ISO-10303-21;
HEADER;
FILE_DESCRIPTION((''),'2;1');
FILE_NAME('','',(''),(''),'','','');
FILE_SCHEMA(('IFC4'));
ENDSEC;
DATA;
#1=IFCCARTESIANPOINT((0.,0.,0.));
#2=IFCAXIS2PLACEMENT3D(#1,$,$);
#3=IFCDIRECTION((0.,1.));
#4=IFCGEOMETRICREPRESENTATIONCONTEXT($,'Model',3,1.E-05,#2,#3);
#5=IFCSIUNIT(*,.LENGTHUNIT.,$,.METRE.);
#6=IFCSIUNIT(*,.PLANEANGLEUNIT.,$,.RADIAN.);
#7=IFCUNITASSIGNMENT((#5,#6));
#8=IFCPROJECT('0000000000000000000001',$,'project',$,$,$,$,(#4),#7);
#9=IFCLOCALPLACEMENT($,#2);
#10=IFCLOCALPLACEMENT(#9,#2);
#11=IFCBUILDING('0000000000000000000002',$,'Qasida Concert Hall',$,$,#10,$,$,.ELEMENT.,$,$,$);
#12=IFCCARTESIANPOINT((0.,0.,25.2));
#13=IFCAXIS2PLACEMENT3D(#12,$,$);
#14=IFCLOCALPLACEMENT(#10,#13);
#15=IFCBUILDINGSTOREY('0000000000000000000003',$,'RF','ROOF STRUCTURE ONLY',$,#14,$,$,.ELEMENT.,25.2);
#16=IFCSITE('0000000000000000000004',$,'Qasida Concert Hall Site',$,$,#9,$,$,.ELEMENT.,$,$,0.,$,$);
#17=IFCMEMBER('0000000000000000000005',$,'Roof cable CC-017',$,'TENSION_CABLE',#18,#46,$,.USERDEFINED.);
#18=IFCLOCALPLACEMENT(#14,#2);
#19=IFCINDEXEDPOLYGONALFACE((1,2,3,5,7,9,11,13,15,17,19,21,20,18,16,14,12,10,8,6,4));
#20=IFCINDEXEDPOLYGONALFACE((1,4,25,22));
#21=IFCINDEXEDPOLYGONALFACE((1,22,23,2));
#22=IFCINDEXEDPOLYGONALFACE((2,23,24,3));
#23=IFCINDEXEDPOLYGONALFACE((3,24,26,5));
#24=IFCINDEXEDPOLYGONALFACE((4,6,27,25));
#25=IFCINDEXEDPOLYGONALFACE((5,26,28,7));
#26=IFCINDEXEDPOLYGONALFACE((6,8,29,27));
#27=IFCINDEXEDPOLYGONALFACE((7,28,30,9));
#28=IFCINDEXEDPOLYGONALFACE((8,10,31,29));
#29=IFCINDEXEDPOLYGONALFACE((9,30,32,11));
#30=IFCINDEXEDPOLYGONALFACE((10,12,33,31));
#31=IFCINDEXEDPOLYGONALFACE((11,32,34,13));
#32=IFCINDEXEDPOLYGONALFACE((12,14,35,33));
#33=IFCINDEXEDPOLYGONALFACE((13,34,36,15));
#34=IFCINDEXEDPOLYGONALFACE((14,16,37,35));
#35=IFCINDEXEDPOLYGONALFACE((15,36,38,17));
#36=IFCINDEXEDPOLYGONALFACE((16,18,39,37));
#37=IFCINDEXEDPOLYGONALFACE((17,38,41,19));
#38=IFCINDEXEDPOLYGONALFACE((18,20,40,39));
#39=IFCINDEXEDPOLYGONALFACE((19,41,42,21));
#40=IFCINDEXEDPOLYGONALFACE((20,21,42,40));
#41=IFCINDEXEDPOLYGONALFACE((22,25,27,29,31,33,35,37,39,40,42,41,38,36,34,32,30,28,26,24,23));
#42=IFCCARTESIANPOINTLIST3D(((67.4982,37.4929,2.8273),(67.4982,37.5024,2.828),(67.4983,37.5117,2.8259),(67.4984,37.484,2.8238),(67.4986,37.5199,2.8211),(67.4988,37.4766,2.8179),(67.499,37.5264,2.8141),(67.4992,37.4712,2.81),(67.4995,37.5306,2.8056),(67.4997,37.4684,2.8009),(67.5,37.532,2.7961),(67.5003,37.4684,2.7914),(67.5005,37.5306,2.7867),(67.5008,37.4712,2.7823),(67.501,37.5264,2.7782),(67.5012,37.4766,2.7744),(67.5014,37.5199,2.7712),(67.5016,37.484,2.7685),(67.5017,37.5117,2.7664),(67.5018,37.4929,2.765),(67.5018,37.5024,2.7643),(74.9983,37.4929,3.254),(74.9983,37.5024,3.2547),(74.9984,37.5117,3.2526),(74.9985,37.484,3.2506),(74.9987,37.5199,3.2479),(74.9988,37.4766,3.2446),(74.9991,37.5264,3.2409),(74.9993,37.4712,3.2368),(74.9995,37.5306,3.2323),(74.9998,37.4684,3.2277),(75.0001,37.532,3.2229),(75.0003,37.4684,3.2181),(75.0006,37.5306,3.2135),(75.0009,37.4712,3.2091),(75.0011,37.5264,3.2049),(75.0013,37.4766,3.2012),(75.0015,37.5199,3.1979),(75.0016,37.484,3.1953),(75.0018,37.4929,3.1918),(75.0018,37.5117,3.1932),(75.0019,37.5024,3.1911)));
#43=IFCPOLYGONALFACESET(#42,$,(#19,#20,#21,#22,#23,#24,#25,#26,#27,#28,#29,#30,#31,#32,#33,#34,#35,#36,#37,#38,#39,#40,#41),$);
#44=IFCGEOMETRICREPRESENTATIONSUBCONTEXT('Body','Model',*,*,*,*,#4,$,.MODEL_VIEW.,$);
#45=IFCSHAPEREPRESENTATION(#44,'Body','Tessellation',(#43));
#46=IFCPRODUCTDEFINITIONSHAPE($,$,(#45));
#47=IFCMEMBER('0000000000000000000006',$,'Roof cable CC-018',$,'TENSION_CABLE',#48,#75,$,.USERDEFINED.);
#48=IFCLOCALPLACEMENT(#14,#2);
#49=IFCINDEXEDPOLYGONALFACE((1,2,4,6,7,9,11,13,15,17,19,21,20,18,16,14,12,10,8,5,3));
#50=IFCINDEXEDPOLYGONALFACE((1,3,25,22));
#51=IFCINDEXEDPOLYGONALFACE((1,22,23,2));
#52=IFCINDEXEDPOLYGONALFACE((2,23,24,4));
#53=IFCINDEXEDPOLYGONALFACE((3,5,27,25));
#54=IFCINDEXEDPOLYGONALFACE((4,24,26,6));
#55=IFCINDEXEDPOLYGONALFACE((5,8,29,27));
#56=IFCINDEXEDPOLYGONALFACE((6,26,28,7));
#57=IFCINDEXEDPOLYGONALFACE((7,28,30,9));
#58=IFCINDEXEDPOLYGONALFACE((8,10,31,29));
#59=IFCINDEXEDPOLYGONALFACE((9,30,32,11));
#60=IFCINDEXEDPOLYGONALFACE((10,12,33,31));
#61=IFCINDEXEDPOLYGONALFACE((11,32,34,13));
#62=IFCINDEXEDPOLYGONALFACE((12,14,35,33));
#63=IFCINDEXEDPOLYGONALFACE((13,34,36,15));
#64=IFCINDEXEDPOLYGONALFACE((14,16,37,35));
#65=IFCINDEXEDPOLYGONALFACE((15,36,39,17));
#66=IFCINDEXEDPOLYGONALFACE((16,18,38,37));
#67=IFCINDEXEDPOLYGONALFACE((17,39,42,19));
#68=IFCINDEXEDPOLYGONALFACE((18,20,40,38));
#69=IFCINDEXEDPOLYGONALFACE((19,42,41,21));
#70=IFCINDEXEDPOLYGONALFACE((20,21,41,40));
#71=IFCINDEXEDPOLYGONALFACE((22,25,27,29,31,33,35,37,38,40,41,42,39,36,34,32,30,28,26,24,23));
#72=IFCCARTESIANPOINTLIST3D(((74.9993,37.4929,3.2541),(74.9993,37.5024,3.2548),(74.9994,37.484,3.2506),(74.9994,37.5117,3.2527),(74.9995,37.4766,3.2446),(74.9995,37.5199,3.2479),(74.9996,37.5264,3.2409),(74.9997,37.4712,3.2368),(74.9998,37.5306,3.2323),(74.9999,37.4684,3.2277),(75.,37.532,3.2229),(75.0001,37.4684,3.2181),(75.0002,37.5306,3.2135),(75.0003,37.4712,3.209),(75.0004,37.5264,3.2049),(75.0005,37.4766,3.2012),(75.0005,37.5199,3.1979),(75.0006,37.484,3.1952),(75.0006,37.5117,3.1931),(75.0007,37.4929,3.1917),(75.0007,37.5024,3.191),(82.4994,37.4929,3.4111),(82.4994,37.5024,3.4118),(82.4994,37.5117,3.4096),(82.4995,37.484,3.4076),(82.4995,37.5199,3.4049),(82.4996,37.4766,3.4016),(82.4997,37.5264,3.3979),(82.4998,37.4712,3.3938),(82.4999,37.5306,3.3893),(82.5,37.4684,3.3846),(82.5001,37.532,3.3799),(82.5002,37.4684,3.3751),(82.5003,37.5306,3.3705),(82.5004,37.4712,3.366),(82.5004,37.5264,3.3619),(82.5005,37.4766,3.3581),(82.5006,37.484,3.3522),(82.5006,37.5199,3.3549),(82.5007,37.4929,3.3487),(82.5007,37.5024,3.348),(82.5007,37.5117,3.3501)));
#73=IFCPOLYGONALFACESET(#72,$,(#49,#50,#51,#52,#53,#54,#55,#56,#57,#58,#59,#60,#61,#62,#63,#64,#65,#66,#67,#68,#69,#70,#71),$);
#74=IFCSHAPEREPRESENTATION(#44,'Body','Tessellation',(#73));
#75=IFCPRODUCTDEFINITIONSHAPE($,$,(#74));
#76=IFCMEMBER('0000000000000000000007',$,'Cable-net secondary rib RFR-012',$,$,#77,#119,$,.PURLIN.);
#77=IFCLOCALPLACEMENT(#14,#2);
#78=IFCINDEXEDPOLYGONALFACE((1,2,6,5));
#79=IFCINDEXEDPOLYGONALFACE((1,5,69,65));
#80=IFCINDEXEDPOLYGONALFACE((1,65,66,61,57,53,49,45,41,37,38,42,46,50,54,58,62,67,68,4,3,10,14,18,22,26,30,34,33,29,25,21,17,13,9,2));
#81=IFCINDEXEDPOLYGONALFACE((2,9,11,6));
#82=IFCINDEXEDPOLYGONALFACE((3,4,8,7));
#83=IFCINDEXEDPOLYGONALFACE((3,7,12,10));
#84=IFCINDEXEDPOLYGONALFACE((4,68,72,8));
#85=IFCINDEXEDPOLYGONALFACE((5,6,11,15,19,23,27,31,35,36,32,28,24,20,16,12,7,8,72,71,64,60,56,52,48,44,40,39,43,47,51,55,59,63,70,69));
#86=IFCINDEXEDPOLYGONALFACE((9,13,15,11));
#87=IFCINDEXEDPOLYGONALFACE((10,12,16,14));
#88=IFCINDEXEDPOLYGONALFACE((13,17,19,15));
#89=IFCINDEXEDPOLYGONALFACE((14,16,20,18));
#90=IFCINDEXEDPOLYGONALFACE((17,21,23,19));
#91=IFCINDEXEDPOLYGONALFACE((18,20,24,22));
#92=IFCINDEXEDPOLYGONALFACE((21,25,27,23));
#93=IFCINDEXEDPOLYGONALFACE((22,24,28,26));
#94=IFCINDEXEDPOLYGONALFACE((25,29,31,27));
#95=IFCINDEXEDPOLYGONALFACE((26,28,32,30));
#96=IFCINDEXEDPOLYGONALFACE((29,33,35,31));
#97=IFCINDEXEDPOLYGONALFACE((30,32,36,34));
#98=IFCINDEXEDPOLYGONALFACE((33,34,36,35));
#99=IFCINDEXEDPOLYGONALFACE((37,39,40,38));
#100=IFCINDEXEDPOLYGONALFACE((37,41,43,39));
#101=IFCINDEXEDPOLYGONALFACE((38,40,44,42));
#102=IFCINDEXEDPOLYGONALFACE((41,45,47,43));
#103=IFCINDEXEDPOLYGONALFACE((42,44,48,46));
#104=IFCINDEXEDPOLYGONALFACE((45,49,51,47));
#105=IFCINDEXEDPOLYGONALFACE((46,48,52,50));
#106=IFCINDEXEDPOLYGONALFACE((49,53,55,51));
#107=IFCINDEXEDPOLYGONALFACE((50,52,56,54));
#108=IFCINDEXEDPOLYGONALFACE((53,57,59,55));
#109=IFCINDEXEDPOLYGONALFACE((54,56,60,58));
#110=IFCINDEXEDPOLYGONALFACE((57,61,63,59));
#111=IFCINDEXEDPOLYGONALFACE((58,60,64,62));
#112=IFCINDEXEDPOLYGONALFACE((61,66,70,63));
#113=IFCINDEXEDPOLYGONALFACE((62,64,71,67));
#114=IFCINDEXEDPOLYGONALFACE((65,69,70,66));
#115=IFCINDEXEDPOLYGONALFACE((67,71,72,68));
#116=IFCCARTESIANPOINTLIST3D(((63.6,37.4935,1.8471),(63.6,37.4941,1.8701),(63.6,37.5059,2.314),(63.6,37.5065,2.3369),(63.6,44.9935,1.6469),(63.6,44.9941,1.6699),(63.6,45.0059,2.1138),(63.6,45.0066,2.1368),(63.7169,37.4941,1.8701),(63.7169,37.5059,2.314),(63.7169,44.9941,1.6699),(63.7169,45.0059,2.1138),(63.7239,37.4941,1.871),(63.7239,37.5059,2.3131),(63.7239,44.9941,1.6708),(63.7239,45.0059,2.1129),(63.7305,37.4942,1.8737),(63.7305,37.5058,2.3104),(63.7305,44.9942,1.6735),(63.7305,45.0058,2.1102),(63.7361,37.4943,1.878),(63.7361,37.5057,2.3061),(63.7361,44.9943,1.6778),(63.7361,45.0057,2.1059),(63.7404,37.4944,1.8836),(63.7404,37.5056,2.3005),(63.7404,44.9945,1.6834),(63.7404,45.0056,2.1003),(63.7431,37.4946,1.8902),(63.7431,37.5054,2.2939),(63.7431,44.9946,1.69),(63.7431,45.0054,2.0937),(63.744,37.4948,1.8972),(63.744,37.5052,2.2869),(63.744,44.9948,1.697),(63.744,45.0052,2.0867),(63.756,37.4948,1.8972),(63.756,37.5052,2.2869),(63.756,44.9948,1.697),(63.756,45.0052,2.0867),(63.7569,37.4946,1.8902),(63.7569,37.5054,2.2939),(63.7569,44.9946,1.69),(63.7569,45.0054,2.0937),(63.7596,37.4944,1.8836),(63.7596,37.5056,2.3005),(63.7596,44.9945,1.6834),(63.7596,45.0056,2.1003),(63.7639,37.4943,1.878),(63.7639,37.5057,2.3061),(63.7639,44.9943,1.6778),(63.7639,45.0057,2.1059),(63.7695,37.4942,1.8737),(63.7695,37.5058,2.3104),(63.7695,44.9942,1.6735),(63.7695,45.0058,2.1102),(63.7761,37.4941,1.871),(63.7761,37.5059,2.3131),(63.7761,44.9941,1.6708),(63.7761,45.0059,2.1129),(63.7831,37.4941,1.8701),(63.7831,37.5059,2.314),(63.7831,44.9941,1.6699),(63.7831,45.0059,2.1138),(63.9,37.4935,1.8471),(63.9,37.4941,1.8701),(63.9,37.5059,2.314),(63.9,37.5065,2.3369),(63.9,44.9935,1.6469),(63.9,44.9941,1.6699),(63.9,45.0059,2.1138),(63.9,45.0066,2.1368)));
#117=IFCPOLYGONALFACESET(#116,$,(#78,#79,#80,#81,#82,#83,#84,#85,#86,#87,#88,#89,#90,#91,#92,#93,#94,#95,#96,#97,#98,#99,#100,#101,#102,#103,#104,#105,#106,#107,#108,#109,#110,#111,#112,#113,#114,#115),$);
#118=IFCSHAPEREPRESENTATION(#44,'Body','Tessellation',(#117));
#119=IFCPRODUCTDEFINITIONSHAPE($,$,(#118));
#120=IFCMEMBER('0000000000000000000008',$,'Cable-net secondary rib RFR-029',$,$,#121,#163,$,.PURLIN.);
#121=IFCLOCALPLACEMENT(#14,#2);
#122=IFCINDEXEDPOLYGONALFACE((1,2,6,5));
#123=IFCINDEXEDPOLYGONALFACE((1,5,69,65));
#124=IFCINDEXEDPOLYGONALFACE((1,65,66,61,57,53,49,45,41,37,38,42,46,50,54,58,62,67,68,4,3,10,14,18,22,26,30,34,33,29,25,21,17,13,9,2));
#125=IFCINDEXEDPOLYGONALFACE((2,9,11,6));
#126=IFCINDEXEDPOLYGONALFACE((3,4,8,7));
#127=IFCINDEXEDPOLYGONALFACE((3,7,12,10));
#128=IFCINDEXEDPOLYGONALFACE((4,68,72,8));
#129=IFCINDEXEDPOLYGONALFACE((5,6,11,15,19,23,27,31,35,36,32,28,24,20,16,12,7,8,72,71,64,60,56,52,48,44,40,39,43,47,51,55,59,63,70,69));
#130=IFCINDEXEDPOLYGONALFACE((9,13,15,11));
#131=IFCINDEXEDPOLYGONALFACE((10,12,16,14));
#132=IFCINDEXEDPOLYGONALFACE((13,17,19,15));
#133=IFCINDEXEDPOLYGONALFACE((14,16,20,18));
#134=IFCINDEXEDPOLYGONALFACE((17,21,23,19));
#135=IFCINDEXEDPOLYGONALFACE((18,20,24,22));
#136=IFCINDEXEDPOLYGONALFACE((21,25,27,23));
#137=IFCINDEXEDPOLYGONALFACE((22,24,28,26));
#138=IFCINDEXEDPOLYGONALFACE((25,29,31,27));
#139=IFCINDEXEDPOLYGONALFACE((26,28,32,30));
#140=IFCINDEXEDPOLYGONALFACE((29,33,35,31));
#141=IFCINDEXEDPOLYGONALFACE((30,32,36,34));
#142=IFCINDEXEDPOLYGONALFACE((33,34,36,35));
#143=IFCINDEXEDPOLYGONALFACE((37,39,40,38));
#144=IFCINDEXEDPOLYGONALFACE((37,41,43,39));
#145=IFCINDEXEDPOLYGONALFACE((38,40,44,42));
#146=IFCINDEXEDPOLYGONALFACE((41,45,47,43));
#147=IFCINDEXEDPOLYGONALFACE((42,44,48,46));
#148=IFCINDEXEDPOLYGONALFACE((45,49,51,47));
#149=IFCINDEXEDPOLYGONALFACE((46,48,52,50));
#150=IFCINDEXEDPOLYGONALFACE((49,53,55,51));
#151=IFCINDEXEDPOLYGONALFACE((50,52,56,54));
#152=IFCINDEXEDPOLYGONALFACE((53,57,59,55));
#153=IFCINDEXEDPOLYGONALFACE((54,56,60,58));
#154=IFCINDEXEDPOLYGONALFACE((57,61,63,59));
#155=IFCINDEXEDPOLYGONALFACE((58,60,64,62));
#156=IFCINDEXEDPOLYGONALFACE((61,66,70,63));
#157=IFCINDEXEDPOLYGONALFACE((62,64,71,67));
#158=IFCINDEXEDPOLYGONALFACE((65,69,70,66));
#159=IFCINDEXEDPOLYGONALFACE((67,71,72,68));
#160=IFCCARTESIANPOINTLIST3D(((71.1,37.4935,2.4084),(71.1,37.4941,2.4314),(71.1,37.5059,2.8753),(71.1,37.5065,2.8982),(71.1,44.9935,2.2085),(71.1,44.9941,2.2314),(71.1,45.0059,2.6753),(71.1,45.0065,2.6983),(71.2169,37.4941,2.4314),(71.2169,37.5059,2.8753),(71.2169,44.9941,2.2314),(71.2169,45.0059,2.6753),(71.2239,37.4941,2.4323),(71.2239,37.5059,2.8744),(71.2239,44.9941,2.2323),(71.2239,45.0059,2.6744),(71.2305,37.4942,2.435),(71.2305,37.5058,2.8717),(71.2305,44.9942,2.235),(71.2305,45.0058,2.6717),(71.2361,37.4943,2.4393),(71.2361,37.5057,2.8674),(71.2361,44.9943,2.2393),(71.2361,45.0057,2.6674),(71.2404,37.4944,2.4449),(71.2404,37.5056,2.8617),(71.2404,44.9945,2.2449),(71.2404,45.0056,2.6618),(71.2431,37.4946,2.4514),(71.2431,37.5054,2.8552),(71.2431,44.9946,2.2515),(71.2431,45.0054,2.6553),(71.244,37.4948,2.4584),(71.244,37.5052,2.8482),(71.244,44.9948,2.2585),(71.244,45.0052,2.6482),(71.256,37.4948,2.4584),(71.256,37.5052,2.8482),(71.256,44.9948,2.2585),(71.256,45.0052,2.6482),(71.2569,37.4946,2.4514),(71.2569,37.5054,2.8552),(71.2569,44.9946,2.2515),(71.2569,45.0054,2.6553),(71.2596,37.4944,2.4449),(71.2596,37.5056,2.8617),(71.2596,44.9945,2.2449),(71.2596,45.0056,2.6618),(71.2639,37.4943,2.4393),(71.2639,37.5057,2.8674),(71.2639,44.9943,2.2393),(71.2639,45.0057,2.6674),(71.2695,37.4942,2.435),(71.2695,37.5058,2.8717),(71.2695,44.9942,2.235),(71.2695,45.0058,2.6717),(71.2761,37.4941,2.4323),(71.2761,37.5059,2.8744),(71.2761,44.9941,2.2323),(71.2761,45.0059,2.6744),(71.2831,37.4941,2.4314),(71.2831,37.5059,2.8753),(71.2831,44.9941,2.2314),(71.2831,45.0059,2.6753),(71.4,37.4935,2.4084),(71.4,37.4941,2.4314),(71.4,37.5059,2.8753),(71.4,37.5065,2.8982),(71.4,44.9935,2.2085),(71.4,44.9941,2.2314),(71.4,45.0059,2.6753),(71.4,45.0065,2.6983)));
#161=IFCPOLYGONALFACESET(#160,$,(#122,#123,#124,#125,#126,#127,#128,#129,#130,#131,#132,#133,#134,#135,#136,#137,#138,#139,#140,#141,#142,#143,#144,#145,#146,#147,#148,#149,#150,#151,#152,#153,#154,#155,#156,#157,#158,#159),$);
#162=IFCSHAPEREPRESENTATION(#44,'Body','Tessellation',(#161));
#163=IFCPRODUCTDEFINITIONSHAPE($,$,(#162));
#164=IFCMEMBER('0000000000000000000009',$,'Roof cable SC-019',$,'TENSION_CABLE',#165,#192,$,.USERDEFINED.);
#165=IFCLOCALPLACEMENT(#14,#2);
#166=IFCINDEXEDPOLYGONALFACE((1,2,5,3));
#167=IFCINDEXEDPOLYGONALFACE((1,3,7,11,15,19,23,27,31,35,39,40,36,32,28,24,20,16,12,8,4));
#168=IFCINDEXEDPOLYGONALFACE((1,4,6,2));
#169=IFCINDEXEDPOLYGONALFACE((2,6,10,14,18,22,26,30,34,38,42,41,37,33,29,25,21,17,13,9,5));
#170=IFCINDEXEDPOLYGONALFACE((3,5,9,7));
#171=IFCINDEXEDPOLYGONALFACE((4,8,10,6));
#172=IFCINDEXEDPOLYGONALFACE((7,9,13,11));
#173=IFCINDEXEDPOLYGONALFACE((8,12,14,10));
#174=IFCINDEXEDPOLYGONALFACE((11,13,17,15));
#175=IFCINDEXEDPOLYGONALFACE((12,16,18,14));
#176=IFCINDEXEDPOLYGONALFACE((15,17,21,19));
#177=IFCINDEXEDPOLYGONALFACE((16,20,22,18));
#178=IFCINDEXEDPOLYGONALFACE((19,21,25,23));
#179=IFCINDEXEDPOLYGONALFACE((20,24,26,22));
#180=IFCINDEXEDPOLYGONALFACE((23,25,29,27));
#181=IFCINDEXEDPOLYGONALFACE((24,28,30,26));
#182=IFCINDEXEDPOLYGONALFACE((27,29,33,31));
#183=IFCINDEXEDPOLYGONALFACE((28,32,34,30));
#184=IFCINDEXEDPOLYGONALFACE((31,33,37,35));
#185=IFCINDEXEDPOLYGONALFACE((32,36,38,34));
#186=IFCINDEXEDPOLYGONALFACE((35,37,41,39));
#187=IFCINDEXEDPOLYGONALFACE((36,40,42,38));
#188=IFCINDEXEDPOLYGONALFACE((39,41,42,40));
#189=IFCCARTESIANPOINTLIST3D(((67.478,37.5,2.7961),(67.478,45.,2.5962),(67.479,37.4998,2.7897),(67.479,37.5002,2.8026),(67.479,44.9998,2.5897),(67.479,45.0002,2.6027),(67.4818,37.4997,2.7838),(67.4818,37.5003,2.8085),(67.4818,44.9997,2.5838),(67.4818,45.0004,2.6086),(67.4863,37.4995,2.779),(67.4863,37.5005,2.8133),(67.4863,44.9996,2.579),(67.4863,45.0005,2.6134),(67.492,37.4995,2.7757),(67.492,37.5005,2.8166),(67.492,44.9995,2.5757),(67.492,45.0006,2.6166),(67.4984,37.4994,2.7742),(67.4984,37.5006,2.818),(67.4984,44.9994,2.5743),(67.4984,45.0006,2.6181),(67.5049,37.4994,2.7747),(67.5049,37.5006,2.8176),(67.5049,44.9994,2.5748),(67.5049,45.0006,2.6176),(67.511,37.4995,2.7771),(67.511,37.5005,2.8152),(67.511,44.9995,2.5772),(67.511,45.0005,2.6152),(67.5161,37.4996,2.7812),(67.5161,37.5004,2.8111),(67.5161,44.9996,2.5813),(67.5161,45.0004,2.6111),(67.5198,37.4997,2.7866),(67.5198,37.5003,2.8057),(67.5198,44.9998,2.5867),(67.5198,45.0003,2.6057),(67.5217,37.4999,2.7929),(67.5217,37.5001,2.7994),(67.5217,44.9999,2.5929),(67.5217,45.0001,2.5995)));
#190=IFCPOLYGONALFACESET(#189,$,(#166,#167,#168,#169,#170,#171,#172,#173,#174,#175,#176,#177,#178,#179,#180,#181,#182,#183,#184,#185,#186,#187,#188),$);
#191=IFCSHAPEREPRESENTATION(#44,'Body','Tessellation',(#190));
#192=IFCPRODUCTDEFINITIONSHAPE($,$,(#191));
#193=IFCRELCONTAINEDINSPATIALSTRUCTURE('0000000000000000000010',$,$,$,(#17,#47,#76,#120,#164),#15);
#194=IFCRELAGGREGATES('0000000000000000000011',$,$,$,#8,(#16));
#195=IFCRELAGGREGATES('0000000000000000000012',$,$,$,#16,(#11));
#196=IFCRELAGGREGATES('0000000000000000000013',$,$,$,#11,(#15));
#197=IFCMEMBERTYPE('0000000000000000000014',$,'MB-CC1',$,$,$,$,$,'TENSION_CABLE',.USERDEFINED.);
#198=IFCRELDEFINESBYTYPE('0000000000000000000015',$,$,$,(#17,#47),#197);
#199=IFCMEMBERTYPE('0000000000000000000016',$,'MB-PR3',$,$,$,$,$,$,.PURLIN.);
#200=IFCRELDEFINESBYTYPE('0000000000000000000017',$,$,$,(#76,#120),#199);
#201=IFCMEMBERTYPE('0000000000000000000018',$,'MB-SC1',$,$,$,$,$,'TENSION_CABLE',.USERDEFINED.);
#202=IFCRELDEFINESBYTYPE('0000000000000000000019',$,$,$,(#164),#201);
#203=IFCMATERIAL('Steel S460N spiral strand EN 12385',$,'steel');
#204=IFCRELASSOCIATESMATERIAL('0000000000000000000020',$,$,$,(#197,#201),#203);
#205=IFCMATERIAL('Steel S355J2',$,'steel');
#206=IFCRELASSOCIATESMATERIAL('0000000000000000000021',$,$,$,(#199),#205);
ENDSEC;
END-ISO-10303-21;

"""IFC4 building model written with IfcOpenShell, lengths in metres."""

from ifc_helpers import new_model, si_unit, direction, frame, origin, origin_2d, place, context, subcontext, project, spatial, circle, i_section, extrude, material, material_profile, profile_set, type_object, element, save


model = new_model("IFC4")

# Units and contexts
model_context = context("Model", 3, precision=1e-05, world=origin(), true_north=direction((0.0, 1.0)))
body_context = subcontext(model_context, "Body", "Model", "MODEL_VIEW")
ifc_project = project(units=[si_unit("LENGTHUNIT", "METRE"), si_unit("PLANEANGLEUNIT", "RADIAN")], contexts=[model_context])

# Site, building, storey
site_placement = place(None, origin())
site = spatial("IfcSite", under=ifc_project, at=site_placement, Name="Qasida Concert Hall Site", CompositionType="ELEMENT", RefElevation=0.0)
building_placement = place(site_placement, origin())
building = spatial("IfcBuilding", under=site, at=building_placement, Name="Qasida Concert Hall", CompositionType="ELEMENT")
storey_placement = place(building_placement, frame((0.0, 0.0, 25.2)))
storey = spatial("IfcBuildingStorey", under=building, at=storey_placement, Name="RF", Description="ROOF STRUCTURE ONLY", CompositionType="ELEMENT", Elevation=25.2)

# Members
ifc_material_1 = material(Name="Steel S460N spiral strand EN 12385", Category="steel")
ifc_material_profile_1 = material_profile(ifc_material_1, circle(Radius=0.032, at=origin_2d()), Name="STRAND D64")
ifc_profile_set_1 = profile_set([ifc_material_profile_1], Name="Steel S460N spiral strand EN 12385")
member_type_1 = type_object("IfcMemberType", Name="MB-CC1", ElementType="TENSION_CABLE", PredefinedType="USERDEFINED", material=ifc_profile_set_1)
member_1_placement = place(storey_placement, frame((67.5, 37.5, 2.7961), z_axis=(0.998385, 0.0, 0.056809), x_axis=(0.0, 1.0, 0.0)))
element("IfcMember", 1, at=member_1_placement, inside=storey, type_object=member_type_1, Name="Roof cable CC-017", ObjectType="TENSION_CABLE", PredefinedType="USERDEFINED", context=body_context, shape_type="SweptSolid", body=[
    extrude(circle(Radius=0.032, at=origin_2d()), origin(), (0.0, 0.0, 1.0), 7.5122),
])
member_2_placement = place(storey_placement, frame((75.0, 37.5, 3.2229), z_axis=(0.999781, 0.0, 0.020926), x_axis=(0.0, 1.0, 0.0)))
element("IfcMember", 2, at=member_2_placement, inside=storey, type_object=member_type_1, Name="Roof cable CC-018", ObjectType="TENSION_CABLE", PredefinedType="USERDEFINED", context=body_context, shape_type="SweptSolid", body=[
    extrude(circle(Radius=0.032, at=origin_2d()), origin(), (0.0, 0.0, 1.0), 7.5017),
])
ifc_material_2 = material(Name="Steel S355J2", Category="steel")
ifc_material_profile_2 = material_profile(ifc_material_2, i_section(OverallWidth=0.3, OverallDepth=0.49, WebThickness=0.012, FlangeThickness=0.0229, FilletRadius=0.0271, at=origin_2d()), Name="HEA 500")
ifc_profile_set_2 = profile_set([ifc_material_profile_2], Name="Steel S355J2")
member_type_2 = type_object("IfcMemberType", Name="MB-PR3", PredefinedType="PURLIN", material=ifc_profile_set_2)
for number, where, z_axis, x_axis, name in (
    (3, (63.75, 37.5, 2.092), (0.0, 0.999644, -0.026683), (-1.0, 0.0, 0.0), "Cable-net secondary rib RFR-012"),
    (4, (71.25, 37.5, 2.6533), (0.0, 0.999645, -0.026651), (-1.0, 0.0, 0.0), "Cable-net secondary rib RFR-029"),
):
    element("IfcMember", number, at=place(storey_placement, frame(where, z_axis=z_axis, x_axis=x_axis)), inside=storey, type_object=member_type_2, Name=name, PredefinedType="PURLIN", context=body_context, shape_type="SweptSolid", body=[
        extrude(i_section(OverallWidth=0.3, OverallDepth=0.49, WebThickness=0.012, FlangeThickness=0.0229, FilletRadius=0.0271, at=origin_2d()), origin(), (0.0, 0.0, 1.0), 7.5027),
    ])
ifc_material_profile_3 = material_profile(ifc_material_1, circle(Radius=0.022, at=origin_2d()), Name="STRAND D44")
ifc_profile_set_3 = profile_set([ifc_material_profile_3], Name="Steel S460N spiral strand EN 12385")
member_type_3 = type_object("IfcMemberType", Name="MB-SC1", ElementType="TENSION_CABLE", PredefinedType="USERDEFINED", material=ifc_profile_set_3)
for number, where, z_axis, x_axis, name in (
    (5, (67.5, 37.5, 2.7961), (0.0, 0.999645, -0.026651), (-1.0, 0.0, 0.0), "Roof cable SC-019"),
):
    element("IfcMember", number, at=place(storey_placement, frame(where, z_axis=z_axis, x_axis=x_axis)), inside=storey, type_object=member_type_3, Name=name, ObjectType="TENSION_CABLE", PredefinedType="USERDEFINED", context=body_context, shape_type="SweptSolid", body=[
        extrude(circle(Radius=0.022, at=origin_2d()), origin(), (0.0, 0.0, 1.0), 7.5027),
    ])

save(model, "model.ifc")
